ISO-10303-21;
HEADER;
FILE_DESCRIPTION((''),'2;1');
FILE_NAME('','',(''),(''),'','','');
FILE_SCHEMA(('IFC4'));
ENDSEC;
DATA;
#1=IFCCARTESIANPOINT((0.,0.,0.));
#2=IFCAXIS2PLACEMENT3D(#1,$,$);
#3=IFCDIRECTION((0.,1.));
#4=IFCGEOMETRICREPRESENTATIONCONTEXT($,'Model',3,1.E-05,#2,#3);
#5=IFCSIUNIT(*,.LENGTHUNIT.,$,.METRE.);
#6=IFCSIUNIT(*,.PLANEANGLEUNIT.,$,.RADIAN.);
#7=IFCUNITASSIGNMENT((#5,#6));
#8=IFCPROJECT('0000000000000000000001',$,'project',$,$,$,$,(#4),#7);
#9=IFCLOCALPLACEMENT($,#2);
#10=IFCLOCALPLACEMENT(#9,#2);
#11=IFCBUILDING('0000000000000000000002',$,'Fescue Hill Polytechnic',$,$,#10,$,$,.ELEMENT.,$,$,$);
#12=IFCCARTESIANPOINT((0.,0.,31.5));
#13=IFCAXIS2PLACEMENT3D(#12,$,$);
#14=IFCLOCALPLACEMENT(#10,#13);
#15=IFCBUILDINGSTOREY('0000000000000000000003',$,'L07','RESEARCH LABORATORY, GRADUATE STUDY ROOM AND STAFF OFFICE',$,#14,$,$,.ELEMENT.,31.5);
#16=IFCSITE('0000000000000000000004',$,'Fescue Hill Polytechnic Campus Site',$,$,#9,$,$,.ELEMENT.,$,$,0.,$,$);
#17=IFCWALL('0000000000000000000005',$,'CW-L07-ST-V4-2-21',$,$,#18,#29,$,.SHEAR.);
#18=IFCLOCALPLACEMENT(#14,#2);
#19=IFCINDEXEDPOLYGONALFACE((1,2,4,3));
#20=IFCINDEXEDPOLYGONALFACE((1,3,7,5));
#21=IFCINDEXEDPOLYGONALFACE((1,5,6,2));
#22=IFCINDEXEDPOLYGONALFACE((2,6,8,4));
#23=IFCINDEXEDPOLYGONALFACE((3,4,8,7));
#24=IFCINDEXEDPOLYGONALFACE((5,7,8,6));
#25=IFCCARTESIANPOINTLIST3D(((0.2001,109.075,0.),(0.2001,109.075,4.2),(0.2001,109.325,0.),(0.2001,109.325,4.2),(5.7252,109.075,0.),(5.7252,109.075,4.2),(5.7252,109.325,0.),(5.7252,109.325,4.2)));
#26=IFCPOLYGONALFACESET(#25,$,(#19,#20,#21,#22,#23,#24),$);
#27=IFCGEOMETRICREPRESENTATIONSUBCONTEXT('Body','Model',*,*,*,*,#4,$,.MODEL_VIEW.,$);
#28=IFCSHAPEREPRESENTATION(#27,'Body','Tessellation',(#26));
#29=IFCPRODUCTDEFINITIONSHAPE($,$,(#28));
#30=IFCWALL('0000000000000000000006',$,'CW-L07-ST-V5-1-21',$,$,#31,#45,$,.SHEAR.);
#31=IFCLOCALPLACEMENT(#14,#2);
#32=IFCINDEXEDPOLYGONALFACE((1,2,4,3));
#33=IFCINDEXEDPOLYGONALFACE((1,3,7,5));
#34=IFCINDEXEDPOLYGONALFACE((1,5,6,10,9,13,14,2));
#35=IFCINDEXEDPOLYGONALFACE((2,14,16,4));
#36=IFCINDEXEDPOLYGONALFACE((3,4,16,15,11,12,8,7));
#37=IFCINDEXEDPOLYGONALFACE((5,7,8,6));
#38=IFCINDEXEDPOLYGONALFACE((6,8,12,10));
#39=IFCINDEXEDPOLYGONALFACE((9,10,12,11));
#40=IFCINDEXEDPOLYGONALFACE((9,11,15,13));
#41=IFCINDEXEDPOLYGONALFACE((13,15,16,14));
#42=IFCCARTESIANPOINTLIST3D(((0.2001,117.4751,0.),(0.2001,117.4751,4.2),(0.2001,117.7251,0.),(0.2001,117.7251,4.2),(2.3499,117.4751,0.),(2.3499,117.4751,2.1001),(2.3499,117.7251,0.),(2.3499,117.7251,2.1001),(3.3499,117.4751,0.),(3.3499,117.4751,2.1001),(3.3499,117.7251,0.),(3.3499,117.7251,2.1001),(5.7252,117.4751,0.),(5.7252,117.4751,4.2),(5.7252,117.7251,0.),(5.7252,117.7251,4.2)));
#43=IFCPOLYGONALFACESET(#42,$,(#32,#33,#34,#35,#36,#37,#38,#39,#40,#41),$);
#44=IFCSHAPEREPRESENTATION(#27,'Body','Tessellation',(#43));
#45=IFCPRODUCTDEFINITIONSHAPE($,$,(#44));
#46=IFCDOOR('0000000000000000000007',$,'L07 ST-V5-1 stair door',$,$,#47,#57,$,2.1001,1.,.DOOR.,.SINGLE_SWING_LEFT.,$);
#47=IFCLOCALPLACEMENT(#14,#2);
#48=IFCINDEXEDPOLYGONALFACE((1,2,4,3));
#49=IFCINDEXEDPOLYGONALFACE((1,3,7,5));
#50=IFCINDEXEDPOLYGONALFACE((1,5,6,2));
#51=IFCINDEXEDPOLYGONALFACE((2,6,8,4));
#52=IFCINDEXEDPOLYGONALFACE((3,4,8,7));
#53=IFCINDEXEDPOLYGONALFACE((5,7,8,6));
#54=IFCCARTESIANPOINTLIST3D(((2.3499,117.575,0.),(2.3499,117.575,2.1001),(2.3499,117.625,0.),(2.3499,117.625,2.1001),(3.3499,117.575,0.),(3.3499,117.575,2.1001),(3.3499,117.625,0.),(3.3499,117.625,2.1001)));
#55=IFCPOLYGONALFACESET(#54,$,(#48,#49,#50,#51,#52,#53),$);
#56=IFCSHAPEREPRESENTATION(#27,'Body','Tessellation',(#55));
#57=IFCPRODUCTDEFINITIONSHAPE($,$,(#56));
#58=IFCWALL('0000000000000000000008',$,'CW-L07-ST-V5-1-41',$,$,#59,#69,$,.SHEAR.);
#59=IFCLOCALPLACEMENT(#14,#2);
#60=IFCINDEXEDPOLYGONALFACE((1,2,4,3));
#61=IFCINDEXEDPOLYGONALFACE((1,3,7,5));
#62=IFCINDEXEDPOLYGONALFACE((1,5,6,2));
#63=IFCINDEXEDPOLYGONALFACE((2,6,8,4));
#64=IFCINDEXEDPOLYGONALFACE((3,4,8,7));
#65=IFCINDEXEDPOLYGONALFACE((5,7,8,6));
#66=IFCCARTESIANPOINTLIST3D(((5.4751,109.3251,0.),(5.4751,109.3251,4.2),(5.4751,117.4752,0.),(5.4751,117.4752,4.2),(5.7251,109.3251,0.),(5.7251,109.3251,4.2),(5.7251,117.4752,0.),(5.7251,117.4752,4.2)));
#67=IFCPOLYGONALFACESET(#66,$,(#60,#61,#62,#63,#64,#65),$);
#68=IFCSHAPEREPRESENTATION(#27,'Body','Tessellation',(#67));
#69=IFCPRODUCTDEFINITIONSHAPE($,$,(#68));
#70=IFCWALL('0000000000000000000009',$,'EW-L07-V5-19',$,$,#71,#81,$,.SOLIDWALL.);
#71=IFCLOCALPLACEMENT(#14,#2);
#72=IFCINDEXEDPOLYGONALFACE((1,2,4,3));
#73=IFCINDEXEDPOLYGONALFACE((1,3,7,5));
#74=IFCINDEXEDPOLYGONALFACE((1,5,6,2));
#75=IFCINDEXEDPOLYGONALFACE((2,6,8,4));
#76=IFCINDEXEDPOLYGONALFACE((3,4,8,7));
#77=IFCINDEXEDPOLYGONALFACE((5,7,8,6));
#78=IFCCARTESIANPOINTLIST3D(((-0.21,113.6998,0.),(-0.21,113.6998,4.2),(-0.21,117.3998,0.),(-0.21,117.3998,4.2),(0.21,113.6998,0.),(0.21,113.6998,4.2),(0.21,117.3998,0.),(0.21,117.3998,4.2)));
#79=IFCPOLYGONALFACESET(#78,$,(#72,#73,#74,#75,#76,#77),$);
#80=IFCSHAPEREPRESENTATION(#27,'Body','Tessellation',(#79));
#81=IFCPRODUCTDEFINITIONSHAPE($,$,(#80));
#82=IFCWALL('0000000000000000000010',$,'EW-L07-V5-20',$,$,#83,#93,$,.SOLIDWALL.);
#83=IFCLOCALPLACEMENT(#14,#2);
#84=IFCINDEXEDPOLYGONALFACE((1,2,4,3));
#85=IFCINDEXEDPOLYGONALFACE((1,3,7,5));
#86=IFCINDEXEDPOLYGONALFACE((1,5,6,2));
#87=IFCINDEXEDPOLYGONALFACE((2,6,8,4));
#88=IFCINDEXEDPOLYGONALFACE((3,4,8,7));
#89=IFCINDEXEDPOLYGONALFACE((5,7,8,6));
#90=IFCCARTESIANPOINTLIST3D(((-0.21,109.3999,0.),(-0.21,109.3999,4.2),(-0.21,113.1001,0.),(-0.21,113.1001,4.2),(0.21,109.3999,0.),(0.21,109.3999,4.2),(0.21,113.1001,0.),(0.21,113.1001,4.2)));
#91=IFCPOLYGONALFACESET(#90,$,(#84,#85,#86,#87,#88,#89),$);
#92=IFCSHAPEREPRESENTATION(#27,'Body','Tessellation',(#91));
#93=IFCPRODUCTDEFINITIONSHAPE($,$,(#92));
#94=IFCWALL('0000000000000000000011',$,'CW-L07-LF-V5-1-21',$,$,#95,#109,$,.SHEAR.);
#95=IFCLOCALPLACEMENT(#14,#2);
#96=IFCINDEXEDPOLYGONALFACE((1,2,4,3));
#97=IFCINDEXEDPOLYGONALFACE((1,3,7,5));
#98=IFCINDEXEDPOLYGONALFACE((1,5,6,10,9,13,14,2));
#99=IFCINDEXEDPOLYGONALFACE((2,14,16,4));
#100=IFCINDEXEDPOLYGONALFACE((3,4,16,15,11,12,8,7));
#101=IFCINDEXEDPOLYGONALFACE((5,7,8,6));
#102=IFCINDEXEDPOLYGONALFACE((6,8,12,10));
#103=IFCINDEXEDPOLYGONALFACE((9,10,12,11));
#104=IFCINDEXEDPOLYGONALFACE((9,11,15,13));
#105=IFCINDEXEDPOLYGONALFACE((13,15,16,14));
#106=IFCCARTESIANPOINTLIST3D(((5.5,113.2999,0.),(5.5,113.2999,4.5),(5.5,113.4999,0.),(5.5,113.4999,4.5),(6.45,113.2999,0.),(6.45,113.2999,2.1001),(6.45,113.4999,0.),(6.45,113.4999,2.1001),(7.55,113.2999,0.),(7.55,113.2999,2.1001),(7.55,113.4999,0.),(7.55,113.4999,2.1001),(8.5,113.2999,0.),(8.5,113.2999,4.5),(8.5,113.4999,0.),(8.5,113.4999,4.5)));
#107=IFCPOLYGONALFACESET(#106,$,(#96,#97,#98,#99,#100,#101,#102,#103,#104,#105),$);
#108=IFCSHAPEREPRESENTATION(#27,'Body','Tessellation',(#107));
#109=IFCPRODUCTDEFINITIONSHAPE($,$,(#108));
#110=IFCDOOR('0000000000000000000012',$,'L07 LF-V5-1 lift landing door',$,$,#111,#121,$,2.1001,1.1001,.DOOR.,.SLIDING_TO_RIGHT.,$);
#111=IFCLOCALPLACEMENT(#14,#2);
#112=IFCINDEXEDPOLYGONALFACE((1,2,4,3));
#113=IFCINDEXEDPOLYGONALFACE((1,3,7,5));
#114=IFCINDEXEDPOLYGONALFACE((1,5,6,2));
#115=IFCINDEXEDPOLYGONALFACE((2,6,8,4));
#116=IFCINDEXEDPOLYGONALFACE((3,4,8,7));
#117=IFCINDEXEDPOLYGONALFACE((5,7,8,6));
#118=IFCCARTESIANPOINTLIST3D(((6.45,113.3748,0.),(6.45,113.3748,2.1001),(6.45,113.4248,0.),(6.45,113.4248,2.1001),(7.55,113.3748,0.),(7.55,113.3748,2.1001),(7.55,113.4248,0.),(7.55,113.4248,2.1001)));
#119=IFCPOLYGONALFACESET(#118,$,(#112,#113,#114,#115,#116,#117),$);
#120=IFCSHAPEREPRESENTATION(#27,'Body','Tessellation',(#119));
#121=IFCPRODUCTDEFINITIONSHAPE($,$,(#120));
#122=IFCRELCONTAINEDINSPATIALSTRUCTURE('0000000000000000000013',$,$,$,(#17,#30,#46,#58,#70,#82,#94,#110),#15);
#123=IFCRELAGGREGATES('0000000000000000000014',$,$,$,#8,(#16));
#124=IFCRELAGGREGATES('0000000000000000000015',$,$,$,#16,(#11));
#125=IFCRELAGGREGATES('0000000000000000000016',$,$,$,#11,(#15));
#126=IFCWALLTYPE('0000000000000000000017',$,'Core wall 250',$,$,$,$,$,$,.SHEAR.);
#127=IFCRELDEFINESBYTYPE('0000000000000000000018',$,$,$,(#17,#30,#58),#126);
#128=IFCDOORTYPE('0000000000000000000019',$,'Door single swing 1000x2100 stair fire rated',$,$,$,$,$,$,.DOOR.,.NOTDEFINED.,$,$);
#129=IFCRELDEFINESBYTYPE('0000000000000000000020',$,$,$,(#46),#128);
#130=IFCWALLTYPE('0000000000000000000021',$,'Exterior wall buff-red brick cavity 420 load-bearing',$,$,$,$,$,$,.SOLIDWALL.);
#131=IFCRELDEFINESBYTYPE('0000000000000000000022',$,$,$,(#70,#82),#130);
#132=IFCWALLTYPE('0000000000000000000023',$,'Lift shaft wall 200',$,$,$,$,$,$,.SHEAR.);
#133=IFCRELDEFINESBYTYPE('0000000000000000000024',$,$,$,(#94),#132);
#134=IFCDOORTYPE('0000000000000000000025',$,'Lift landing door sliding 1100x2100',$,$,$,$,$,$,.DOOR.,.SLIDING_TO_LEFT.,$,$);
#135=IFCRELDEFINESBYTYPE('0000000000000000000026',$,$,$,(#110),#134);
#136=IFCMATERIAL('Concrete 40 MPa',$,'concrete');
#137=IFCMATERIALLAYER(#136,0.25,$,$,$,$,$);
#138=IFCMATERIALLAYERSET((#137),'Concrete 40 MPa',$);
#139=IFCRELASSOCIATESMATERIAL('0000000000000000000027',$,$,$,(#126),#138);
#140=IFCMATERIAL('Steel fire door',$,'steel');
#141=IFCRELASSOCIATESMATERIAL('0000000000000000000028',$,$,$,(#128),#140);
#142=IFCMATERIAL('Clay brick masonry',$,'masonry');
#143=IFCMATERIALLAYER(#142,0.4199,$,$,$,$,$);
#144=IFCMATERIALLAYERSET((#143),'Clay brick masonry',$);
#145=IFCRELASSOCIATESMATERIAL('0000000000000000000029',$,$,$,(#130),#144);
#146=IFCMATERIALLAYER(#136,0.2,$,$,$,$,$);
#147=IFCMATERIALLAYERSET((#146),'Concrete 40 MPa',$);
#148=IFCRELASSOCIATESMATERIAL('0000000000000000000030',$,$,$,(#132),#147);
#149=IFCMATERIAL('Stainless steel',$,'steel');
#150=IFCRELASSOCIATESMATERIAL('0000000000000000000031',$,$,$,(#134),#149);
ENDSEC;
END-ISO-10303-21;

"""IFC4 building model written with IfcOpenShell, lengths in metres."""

from ifc_helpers import new_model, si_unit, direction, frame, frame_2d, origin, place, context, subcontext, project, spatial, rectangle, extrude, material, layer, layer_set, type_object, element, fill, save


model = new_model("IFC4")

# Units and contexts
model_context = context("Model", 3, precision=1e-05, world=origin(), true_north=direction((0.0, 1.0)))
body_context = subcontext(model_context, "Body", "Model", "MODEL_VIEW")
ifc_project = project(units=[si_unit("LENGTHUNIT", "METRE"), si_unit("PLANEANGLEUNIT", "RADIAN")], contexts=[model_context])

# Site, building, storey
site_placement = place(None, origin())
site = spatial("IfcSite", under=ifc_project, at=site_placement, Name="Fescue Hill Polytechnic Campus Site", CompositionType="ELEMENT", RefElevation=0.0)
building_placement = place(site_placement, origin())
building = spatial("IfcBuilding", under=site, at=building_placement, Name="Fescue Hill Polytechnic", CompositionType="ELEMENT")
storey_placement = place(building_placement, frame((0.0, 0.0, 31.5)))
storey = spatial("IfcBuildingStorey", under=building, at=storey_placement, Name="L07", Description="RESEARCH LABORATORY, GRADUATE STUDY ROOM AND STAFF OFFICE", CompositionType="ELEMENT", Elevation=31.5)

# Shared definitions
ifc_material_1 = material(Name="Concrete 40 MPa", Category="concrete")

# Wall
ifc_material_2 = material(Name="Clay brick masonry", Category="masonry")
ifc_layer_1 = layer(ifc_material_1, 0.25)
ifc_layer_set_1 = layer_set([ifc_layer_1], Name="Concrete 40 MPa")
wall_type_1 = type_object("IfcWallType", Name="Core wall 250", PredefinedType="SHEAR", material=ifc_layer_set_1)
wall_1_placement = place(storey_placement, frame((0.2, 109.2, 0.0), z_axis=(0.0, 0.0, 1.0), x_axis=(1.0, 0.0, 0.0)))
element("IfcWall", 1, at=wall_1_placement, inside=storey, type_object=wall_type_1, Name="CW-L07-ST-V4-2-21", PredefinedType="SHEAR", context=body_context, shape_type="SweptSolid", body=[
    extrude(rectangle(XDim=5.5251, YDim=0.25, at=frame_2d((2.7627, 0.0))), origin(), (0.0, 0.0, 1.0), 4.2),
])

# Wall, opening, door
wall_2_placement = place(storey_placement, frame((0.2, 117.6001, 0.0), z_axis=(0.0, 0.0, 1.0), x_axis=(1.0, 0.0, 0.0)))
wall_2 = element("IfcWall", 2, at=wall_2_placement, inside=storey, type_object=wall_type_1, Name="CW-L07-ST-V5-1-21", PredefinedType="SHEAR", context=body_context, shape_type="SweptSolid", body=[
    extrude(rectangle(XDim=5.5251, YDim=0.25, at=frame_2d((2.7627, 0.0))), origin(), (0.0, 0.0, 1.0), 4.2),
])
opening_1_placement = place(wall_2_placement, frame((2.1499, 0.0, 0.0)))
opening_1 = element("IfcOpeningElement", 3, at=opening_1_placement, cuts=wall_2, PredefinedType="OPENING", context=body_context, shape_type="SweptSolid", body=[
    extrude(rectangle(XDim=1.0, YDim=2.1001, at=frame_2d((0.5, 1.05))), frame((0.0, 0.135, 0.0), z_axis=(0.0, -1.0, 0.0), x_axis=(1.0, 0.0, 0.0)), (0.0, 0.0, 1.0), 0.27),
])
ifc_material_3 = material(Name="Steel fire door", Category="steel")
door_type_1 = type_object("IfcDoorType", Name="Door single swing 1000x2100 stair fire rated", OperationType="NOTDEFINED", PredefinedType="DOOR", material=ifc_material_3)
door_1_placement = place(opening_1_placement, origin())
door_1 = element("IfcDoor", 4, at=door_1_placement, inside=storey, type_object=door_type_1, Name="L07 ST-V5-1 stair door", OperationType="SINGLE_SWING_LEFT", OverallHeight=2.1001, OverallWidth=1.0, PredefinedType="DOOR", context=body_context, shape_type="SweptSolid", body=[
    extrude(rectangle(XDim=1.0, YDim=2.1001, at=frame_2d((0.5, 1.05))), frame((0.0, 0.0249, 0.0), z_axis=(0.0, -1.0, 0.0), x_axis=(1.0, 0.0, 0.0)), (0.0, 0.0, 1.0), 0.05),
])
fill(opening_1, door_1)

# Walls
wall_3_placement = place(storey_placement, frame((5.6001, 109.325, 0.0), z_axis=(0.0, 0.0, 1.0), x_axis=(0.0, 1.0, 0.0)))
element("IfcWall", 5, at=wall_3_placement, inside=storey, type_object=wall_type_1, Name="CW-L07-ST-V5-1-41", PredefinedType="SHEAR", context=body_context, shape_type="SweptSolid", body=[
    extrude(rectangle(XDim=8.1501, YDim=0.25, at=frame_2d((4.0752, 0.0))), origin(), (0.0, 0.0, 1.0), 4.2),
])
ifc_layer_2 = layer(ifc_material_2, 0.4199)
ifc_layer_set_2 = layer_set([ifc_layer_2], Name="Clay brick masonry")
wall_type_2 = type_object("IfcWallType", Name="Exterior wall buff-red brick cavity 420 load-bearing", PredefinedType="SOLIDWALL", material=ifc_layer_set_2)
wall_4_placement = place(storey_placement, frame((0.0, 117.3999, 0.0), z_axis=(0.0, 0.0, 1.0), x_axis=(0.0, -1.0, 0.0)))
element("IfcWall", 6, at=wall_4_placement, inside=storey, type_object=wall_type_2, Name="EW-L07-V5-19", PredefinedType="SOLIDWALL", context=body_context, shape_type="SweptSolid", body=[
    extrude(rectangle(XDim=3.7, YDim=0.4199, at=frame_2d((1.8501, 0.0))), origin(), (0.0, 0.0, 1.0), 4.2),
])
wall_5_placement = place(storey_placement, frame((0.0, 113.1001, 0.0), z_axis=(0.0, 0.0, 1.0), x_axis=(0.0, -1.0, 0.0)))
element("IfcWall", 7, at=wall_5_placement, inside=storey, type_object=wall_type_2, Name="EW-L07-V5-20", PredefinedType="SOLIDWALL", context=body_context, shape_type="SweptSolid", body=[
    extrude(rectangle(XDim=3.7002, YDim=0.4199, at=frame_2d((1.8501, 0.0))), origin(), (0.0, 0.0, 1.0), 4.2),
])

# Wall, opening, door
ifc_layer_3 = layer(ifc_material_1, 0.2)
ifc_layer_set_3 = layer_set([ifc_layer_3], Name="Concrete 40 MPa")
wall_type_3 = type_object("IfcWallType", Name="Lift shaft wall 200", PredefinedType="SHEAR", material=ifc_layer_set_3)
wall_6_placement = place(storey_placement, frame((5.5, 113.3999, 0.0), z_axis=(0.0, 0.0, 1.0), x_axis=(1.0, 0.0, 0.0)))
wall_6 = element("IfcWall", 8, at=wall_6_placement, inside=storey, type_object=wall_type_3, Name="CW-L07-LF-V5-1-21", PredefinedType="SHEAR", context=body_context, shape_type="SweptSolid", body=[
    extrude(rectangle(XDim=3.0, YDim=0.2, at=frame_2d((1.5, 0.0))), origin(), (0.0, 0.0, 1.0), 4.5),
])
opening_2_placement = place(wall_6_placement, frame((0.95, 0.0, 0.0)))
opening_2 = element("IfcOpeningElement", 9, at=opening_2_placement, cuts=wall_6, PredefinedType="OPENING", context=body_context, shape_type="SweptSolid", body=[
    extrude(rectangle(XDim=1.1001, YDim=2.1001, at=frame_2d((0.55, 1.05))), frame((0.0, 0.1099, 0.0), z_axis=(0.0, -1.0, 0.0), x_axis=(1.0, 0.0, 0.0)), (0.0, 0.0, 1.0), 0.22),
])
ifc_material_4 = material(Name="Stainless steel", Category="steel")
door_type_2 = type_object("IfcDoorType", Name="Lift landing door sliding 1100x2100", OperationType="SLIDING_TO_LEFT", PredefinedType="DOOR", material=ifc_material_4)
door_2_placement = place(opening_2_placement, origin())
door_2 = element("IfcDoor", 10, at=door_2_placement, inside=storey, type_object=door_type_2, Name="L07 LF-V5-1 lift landing door", OperationType="SLIDING_TO_RIGHT", OverallHeight=2.1001, OverallWidth=1.1001, PredefinedType="DOOR", context=body_context, shape_type="SweptSolid", body=[
    extrude(rectangle(XDim=1.1001, YDim=2.1001, at=frame_2d((0.55, 1.05))), frame((0.0, 0.0249, 0.0), z_axis=(0.0, -1.0, 0.0), x_axis=(1.0, 0.0, 0.0)), (0.0, 0.0, 1.0), 0.05),
])
fill(opening_2, door_2)

save(model, "model.ifc")
